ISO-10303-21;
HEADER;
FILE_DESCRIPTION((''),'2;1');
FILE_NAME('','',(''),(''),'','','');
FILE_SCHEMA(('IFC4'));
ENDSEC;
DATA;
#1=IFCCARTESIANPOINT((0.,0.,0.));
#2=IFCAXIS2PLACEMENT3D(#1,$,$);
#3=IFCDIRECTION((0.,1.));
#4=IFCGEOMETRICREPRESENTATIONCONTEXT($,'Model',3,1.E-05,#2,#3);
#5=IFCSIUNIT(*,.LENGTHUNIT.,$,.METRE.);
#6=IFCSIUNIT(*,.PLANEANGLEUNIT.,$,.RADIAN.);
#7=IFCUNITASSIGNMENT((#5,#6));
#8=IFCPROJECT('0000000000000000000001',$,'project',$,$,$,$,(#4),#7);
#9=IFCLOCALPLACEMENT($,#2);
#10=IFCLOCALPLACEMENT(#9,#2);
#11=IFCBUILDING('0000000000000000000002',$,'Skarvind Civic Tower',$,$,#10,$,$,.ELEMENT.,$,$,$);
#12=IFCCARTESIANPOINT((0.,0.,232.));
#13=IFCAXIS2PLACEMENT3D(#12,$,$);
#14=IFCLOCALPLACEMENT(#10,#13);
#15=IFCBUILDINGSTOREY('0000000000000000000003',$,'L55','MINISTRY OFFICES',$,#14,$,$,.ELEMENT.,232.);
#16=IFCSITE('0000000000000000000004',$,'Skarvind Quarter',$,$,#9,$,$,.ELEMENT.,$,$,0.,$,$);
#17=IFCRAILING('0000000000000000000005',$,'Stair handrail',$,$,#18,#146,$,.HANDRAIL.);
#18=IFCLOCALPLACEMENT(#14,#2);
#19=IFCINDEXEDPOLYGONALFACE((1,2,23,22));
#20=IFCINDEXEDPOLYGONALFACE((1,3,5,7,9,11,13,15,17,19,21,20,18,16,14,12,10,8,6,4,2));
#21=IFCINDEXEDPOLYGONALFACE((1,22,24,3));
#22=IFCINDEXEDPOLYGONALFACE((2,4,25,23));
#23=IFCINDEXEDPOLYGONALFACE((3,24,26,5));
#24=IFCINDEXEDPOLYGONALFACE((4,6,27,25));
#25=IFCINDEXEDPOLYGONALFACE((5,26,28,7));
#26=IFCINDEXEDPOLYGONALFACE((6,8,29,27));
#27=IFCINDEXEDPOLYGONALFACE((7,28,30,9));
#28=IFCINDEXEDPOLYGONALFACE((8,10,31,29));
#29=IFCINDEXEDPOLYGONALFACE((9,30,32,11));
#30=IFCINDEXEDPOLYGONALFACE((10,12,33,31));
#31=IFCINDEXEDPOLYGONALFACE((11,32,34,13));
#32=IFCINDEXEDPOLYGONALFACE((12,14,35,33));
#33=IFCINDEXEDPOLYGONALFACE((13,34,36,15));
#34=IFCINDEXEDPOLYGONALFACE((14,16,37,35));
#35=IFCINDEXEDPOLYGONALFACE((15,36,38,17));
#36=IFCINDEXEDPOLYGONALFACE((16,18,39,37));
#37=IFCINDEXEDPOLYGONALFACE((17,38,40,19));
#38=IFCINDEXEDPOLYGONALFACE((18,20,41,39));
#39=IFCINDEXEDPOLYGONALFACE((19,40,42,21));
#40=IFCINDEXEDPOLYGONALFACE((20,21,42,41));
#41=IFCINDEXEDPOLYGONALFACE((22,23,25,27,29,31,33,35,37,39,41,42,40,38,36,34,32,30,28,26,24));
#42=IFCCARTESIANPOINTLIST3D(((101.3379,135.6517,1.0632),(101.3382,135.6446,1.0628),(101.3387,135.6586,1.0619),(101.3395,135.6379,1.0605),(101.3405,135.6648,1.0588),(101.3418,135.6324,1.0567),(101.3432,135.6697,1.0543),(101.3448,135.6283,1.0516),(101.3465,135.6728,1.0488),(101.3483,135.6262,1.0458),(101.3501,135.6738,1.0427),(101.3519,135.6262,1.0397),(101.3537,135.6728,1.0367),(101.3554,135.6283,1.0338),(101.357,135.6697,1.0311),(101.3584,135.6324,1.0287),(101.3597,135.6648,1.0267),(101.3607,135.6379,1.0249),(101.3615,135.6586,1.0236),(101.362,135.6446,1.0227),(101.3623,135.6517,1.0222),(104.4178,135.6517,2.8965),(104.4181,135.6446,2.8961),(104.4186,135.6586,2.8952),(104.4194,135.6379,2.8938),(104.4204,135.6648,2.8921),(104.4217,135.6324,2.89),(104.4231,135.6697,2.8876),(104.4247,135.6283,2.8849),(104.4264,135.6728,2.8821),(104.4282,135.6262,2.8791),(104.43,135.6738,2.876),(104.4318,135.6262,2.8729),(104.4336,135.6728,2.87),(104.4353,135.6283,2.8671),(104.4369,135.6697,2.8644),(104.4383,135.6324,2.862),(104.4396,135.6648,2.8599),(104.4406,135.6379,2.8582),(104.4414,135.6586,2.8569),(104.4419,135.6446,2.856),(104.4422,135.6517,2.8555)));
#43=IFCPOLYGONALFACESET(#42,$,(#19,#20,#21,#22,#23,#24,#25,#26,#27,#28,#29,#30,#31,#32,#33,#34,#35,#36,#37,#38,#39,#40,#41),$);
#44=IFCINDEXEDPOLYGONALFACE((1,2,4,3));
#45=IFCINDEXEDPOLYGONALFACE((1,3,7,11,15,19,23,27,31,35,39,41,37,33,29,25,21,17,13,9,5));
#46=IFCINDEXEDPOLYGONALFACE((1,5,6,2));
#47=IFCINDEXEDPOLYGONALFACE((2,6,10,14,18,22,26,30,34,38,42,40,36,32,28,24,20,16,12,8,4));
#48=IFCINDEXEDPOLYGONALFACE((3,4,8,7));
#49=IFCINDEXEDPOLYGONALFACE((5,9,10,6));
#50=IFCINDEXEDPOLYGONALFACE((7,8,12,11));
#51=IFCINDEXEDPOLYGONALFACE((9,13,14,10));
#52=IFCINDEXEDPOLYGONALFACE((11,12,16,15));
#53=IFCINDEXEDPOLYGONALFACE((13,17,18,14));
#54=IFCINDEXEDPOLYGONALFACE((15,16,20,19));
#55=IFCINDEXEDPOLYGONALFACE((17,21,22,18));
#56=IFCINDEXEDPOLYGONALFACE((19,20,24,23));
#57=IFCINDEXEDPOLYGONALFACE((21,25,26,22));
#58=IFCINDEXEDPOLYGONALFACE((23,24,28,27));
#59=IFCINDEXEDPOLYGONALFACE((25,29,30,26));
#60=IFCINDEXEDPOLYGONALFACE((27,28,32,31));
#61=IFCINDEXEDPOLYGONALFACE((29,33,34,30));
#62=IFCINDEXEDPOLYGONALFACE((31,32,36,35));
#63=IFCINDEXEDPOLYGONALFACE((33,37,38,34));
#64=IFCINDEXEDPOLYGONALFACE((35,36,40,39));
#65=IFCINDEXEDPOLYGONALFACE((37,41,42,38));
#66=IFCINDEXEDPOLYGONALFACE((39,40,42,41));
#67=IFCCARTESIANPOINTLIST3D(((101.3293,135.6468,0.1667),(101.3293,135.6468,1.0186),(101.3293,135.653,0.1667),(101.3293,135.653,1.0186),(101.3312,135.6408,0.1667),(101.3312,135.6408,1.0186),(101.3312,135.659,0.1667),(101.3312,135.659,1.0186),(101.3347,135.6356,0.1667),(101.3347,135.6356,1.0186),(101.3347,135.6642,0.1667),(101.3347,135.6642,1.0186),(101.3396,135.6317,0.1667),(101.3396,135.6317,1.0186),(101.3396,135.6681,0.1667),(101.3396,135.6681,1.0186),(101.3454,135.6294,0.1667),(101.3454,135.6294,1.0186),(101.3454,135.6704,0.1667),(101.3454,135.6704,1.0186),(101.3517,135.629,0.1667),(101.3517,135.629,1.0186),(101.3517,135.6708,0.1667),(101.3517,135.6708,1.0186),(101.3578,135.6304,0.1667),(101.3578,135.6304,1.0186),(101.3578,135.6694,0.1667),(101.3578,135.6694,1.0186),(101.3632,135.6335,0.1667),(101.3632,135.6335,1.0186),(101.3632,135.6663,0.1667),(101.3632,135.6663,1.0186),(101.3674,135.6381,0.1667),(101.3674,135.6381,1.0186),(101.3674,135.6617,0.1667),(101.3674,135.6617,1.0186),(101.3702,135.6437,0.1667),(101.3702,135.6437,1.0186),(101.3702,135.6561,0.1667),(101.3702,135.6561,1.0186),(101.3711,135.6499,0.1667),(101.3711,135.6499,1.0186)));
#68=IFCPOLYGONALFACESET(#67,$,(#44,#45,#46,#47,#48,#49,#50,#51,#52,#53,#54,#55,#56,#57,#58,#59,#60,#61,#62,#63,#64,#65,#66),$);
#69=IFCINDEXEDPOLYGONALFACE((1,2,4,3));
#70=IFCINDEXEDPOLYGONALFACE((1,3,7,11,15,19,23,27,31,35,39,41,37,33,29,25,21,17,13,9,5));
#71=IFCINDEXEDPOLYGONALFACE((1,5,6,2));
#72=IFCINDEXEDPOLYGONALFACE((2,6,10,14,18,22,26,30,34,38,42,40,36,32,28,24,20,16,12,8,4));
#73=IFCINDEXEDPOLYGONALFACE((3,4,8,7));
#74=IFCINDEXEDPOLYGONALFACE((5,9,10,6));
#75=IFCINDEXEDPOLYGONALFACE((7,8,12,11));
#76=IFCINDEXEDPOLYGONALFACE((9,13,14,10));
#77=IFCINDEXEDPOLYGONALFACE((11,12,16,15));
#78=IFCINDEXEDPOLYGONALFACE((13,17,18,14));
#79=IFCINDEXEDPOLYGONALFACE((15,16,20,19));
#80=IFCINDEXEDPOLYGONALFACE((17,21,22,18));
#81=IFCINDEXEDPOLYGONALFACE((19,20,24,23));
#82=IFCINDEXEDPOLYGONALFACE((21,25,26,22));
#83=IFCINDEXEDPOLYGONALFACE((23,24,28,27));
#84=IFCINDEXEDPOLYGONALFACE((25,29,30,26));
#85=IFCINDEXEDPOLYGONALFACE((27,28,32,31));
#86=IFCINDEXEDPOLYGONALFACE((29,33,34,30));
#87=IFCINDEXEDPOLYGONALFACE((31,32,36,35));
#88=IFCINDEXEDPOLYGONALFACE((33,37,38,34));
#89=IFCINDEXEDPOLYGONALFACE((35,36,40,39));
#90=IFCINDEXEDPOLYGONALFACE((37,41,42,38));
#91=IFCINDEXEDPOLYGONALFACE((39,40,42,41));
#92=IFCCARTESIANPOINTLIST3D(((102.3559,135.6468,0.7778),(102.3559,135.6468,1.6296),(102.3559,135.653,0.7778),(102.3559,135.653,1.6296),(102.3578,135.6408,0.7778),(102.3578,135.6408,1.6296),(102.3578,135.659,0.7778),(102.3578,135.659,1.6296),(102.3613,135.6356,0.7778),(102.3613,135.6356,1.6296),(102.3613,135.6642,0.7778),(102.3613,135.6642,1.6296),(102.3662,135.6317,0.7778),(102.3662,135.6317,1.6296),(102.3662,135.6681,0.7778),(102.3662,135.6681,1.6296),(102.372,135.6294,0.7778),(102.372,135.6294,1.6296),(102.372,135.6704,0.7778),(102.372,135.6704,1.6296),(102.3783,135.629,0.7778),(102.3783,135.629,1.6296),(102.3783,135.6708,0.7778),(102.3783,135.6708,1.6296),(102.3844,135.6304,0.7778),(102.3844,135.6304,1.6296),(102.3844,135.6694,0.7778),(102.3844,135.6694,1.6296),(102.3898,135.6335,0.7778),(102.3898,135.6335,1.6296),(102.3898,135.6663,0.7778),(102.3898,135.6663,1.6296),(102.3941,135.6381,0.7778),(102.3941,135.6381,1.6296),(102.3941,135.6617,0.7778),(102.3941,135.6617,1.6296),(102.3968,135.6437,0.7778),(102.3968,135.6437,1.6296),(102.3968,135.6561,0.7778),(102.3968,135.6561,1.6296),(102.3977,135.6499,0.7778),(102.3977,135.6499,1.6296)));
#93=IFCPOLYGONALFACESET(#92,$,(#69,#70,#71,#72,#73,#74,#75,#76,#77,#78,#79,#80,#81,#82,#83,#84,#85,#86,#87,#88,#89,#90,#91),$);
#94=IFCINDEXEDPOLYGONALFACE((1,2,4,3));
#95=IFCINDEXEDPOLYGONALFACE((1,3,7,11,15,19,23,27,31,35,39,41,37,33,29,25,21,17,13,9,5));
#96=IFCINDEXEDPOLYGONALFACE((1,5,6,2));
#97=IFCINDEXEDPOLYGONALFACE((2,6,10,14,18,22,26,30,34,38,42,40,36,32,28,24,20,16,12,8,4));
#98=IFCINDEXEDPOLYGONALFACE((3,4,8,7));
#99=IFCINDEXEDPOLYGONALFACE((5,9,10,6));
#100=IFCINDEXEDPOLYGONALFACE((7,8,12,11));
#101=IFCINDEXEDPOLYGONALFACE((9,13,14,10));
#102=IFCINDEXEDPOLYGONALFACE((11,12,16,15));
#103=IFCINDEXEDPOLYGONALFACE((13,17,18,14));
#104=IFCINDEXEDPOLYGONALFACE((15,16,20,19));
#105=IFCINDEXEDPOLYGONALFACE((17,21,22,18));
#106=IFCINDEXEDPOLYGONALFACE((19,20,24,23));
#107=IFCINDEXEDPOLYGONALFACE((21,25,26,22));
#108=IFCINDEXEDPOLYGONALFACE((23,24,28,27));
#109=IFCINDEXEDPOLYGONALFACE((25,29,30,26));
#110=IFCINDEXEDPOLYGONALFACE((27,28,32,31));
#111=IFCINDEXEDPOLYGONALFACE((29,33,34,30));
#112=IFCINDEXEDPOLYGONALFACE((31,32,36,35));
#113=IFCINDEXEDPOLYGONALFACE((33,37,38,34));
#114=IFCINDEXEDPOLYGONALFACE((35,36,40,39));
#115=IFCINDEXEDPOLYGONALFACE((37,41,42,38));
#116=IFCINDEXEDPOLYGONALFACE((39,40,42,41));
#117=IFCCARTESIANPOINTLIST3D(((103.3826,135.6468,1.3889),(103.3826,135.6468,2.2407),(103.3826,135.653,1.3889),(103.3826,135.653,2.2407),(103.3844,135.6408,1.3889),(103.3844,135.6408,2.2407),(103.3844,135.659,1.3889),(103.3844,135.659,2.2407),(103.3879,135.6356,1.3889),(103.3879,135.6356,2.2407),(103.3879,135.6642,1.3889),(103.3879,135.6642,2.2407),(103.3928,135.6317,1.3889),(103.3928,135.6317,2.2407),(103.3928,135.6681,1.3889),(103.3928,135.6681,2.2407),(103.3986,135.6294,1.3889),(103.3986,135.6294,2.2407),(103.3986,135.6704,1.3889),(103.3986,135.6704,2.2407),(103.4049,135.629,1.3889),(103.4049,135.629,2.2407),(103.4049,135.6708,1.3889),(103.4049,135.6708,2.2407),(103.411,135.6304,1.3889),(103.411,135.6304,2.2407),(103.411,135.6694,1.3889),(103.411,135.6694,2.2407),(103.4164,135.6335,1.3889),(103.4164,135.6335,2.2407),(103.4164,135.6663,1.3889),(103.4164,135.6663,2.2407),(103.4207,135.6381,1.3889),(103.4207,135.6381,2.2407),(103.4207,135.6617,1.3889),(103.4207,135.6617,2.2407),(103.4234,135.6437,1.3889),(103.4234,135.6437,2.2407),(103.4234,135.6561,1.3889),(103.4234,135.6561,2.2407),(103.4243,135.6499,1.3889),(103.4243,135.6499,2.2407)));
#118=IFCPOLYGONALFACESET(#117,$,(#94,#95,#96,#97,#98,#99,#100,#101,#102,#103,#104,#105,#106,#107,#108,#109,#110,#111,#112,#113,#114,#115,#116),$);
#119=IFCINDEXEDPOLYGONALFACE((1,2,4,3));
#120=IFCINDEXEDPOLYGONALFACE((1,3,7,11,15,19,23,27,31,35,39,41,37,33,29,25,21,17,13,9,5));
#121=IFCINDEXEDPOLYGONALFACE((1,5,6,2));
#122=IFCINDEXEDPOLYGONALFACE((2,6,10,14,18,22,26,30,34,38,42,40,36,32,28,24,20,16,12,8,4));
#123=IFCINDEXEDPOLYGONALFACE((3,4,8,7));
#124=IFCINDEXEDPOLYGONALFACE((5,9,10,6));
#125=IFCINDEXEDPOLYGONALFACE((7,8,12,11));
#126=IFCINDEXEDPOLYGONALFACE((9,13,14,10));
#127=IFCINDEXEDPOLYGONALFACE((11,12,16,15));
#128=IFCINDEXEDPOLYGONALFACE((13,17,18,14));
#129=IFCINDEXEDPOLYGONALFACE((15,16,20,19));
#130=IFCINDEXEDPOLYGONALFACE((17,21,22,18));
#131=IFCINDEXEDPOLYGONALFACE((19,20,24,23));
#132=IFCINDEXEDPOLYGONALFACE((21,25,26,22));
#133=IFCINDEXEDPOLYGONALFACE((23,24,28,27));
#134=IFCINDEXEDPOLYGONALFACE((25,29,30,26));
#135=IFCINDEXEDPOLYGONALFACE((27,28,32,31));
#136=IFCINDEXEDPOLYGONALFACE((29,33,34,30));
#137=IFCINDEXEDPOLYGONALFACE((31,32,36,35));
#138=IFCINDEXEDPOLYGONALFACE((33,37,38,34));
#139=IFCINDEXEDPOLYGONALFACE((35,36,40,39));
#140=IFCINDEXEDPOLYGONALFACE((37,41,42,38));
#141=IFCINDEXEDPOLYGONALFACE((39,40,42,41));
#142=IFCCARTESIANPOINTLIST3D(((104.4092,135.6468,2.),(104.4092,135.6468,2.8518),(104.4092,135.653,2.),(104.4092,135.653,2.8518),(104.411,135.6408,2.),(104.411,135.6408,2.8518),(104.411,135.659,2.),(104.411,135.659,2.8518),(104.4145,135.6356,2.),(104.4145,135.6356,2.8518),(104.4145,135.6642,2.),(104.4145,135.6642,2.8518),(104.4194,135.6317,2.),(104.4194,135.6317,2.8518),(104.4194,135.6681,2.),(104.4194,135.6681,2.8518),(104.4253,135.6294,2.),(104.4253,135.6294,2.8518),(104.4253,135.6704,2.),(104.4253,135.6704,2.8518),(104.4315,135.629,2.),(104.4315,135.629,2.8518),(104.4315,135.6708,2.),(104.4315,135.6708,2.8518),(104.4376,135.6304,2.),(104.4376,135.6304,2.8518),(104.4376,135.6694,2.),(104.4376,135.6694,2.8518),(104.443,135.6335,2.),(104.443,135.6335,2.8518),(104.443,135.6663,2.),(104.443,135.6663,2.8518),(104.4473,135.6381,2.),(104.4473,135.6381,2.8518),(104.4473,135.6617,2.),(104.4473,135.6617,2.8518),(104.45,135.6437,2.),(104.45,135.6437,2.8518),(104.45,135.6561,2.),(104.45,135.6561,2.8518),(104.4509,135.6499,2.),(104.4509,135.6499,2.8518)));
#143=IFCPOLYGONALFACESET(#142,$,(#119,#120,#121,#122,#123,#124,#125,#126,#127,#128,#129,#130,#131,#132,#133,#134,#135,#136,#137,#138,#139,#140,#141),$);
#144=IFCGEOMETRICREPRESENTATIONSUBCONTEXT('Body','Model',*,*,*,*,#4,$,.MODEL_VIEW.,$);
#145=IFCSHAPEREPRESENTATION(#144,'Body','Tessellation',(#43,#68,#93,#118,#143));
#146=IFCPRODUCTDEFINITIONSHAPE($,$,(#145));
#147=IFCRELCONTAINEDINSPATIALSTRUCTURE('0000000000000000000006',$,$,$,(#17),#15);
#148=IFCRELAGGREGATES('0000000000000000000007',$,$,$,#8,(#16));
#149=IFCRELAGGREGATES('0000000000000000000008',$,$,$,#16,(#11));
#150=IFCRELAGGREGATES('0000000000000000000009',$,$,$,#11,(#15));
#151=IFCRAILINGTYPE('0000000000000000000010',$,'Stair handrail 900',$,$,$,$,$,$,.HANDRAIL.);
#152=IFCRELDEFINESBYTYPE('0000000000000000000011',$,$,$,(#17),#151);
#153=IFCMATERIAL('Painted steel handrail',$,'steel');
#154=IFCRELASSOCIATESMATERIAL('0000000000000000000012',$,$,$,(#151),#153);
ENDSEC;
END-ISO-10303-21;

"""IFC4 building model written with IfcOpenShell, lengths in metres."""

from ifc_helpers import new_model, si_unit, direction, frame, origin, origin_2d, place, context, subcontext, project, spatial, circle, extrude, material, type_object, element, save


model = new_model("IFC4")

# Units and contexts
model_context = context("Model", 3, precision=1e-05, world=origin(), true_north=direction((0.0, 1.0)))
body_context = subcontext(model_context, "Body", "Model", "MODEL_VIEW")
ifc_project = project(units=[si_unit("LENGTHUNIT", "METRE"), si_unit("PLANEANGLEUNIT", "RADIAN")], contexts=[model_context])

# Site, building, storey
site_placement = place(None, origin())
site = spatial("IfcSite", under=ifc_project, at=site_placement, Name="Skarvind Quarter", CompositionType="ELEMENT", RefElevation=0.0)
building_placement = place(site_placement, origin())
building = spatial("IfcBuilding", under=site, at=building_placement, Name="Skarvind Civic Tower", CompositionType="ELEMENT")
storey_placement = place(building_placement, frame((0.0, 0.0, 232.0)))
storey = spatial("IfcBuildingStorey", under=building, at=storey_placement, Name="L55", Description="MINISTRY OFFICES", CompositionType="ELEMENT", Elevation=232.0)

# Railing
ifc_material_1 = material(Name="Painted steel handrail", Category="steel")
railing_type = type_object("IfcRailingType", Name="Stair handrail 900", PredefinedType="HANDRAIL", material=ifc_material_1)
railing_1_placement = place(storey_placement, frame((101.3501, 135.6499, 0.1667)))
element("IfcRailing", 1, at=railing_1_placement, inside=storey, type_object=railing_type, Name="Stair handrail", PredefinedType="HANDRAIL", context=body_context, shape_type="SweptSolid", body=[
    extrude(circle(Radius=0.0239, at=origin_2d()), frame((0.0, 0.0, 0.876), z_axis=(0.859291, 0.0, 0.511487), x_axis=(0.0, 1.0, 0.0)), (0.0, 0.0, 1.0), 3.5842),
    extrude(circle(Radius=0.021, at=origin_2d()), origin(), (0.0, 0.0, 1.0), 0.8518),
    extrude(circle(Radius=0.021, at=origin_2d()), frame((1.0266, 0.0, 0.6111)), (0.0, 0.0, 1.0), 0.8518),
    extrude(circle(Radius=0.021, at=origin_2d()), frame((2.0532, 0.0, 1.2222)), (0.0, 0.0, 1.0), 0.8518),
    extrude(circle(Radius=0.021, at=origin_2d()), frame((3.0798, 0.0, 1.8333)), (0.0, 0.0, 1.0), 0.8518),
])

save(model, "model.ifc")
